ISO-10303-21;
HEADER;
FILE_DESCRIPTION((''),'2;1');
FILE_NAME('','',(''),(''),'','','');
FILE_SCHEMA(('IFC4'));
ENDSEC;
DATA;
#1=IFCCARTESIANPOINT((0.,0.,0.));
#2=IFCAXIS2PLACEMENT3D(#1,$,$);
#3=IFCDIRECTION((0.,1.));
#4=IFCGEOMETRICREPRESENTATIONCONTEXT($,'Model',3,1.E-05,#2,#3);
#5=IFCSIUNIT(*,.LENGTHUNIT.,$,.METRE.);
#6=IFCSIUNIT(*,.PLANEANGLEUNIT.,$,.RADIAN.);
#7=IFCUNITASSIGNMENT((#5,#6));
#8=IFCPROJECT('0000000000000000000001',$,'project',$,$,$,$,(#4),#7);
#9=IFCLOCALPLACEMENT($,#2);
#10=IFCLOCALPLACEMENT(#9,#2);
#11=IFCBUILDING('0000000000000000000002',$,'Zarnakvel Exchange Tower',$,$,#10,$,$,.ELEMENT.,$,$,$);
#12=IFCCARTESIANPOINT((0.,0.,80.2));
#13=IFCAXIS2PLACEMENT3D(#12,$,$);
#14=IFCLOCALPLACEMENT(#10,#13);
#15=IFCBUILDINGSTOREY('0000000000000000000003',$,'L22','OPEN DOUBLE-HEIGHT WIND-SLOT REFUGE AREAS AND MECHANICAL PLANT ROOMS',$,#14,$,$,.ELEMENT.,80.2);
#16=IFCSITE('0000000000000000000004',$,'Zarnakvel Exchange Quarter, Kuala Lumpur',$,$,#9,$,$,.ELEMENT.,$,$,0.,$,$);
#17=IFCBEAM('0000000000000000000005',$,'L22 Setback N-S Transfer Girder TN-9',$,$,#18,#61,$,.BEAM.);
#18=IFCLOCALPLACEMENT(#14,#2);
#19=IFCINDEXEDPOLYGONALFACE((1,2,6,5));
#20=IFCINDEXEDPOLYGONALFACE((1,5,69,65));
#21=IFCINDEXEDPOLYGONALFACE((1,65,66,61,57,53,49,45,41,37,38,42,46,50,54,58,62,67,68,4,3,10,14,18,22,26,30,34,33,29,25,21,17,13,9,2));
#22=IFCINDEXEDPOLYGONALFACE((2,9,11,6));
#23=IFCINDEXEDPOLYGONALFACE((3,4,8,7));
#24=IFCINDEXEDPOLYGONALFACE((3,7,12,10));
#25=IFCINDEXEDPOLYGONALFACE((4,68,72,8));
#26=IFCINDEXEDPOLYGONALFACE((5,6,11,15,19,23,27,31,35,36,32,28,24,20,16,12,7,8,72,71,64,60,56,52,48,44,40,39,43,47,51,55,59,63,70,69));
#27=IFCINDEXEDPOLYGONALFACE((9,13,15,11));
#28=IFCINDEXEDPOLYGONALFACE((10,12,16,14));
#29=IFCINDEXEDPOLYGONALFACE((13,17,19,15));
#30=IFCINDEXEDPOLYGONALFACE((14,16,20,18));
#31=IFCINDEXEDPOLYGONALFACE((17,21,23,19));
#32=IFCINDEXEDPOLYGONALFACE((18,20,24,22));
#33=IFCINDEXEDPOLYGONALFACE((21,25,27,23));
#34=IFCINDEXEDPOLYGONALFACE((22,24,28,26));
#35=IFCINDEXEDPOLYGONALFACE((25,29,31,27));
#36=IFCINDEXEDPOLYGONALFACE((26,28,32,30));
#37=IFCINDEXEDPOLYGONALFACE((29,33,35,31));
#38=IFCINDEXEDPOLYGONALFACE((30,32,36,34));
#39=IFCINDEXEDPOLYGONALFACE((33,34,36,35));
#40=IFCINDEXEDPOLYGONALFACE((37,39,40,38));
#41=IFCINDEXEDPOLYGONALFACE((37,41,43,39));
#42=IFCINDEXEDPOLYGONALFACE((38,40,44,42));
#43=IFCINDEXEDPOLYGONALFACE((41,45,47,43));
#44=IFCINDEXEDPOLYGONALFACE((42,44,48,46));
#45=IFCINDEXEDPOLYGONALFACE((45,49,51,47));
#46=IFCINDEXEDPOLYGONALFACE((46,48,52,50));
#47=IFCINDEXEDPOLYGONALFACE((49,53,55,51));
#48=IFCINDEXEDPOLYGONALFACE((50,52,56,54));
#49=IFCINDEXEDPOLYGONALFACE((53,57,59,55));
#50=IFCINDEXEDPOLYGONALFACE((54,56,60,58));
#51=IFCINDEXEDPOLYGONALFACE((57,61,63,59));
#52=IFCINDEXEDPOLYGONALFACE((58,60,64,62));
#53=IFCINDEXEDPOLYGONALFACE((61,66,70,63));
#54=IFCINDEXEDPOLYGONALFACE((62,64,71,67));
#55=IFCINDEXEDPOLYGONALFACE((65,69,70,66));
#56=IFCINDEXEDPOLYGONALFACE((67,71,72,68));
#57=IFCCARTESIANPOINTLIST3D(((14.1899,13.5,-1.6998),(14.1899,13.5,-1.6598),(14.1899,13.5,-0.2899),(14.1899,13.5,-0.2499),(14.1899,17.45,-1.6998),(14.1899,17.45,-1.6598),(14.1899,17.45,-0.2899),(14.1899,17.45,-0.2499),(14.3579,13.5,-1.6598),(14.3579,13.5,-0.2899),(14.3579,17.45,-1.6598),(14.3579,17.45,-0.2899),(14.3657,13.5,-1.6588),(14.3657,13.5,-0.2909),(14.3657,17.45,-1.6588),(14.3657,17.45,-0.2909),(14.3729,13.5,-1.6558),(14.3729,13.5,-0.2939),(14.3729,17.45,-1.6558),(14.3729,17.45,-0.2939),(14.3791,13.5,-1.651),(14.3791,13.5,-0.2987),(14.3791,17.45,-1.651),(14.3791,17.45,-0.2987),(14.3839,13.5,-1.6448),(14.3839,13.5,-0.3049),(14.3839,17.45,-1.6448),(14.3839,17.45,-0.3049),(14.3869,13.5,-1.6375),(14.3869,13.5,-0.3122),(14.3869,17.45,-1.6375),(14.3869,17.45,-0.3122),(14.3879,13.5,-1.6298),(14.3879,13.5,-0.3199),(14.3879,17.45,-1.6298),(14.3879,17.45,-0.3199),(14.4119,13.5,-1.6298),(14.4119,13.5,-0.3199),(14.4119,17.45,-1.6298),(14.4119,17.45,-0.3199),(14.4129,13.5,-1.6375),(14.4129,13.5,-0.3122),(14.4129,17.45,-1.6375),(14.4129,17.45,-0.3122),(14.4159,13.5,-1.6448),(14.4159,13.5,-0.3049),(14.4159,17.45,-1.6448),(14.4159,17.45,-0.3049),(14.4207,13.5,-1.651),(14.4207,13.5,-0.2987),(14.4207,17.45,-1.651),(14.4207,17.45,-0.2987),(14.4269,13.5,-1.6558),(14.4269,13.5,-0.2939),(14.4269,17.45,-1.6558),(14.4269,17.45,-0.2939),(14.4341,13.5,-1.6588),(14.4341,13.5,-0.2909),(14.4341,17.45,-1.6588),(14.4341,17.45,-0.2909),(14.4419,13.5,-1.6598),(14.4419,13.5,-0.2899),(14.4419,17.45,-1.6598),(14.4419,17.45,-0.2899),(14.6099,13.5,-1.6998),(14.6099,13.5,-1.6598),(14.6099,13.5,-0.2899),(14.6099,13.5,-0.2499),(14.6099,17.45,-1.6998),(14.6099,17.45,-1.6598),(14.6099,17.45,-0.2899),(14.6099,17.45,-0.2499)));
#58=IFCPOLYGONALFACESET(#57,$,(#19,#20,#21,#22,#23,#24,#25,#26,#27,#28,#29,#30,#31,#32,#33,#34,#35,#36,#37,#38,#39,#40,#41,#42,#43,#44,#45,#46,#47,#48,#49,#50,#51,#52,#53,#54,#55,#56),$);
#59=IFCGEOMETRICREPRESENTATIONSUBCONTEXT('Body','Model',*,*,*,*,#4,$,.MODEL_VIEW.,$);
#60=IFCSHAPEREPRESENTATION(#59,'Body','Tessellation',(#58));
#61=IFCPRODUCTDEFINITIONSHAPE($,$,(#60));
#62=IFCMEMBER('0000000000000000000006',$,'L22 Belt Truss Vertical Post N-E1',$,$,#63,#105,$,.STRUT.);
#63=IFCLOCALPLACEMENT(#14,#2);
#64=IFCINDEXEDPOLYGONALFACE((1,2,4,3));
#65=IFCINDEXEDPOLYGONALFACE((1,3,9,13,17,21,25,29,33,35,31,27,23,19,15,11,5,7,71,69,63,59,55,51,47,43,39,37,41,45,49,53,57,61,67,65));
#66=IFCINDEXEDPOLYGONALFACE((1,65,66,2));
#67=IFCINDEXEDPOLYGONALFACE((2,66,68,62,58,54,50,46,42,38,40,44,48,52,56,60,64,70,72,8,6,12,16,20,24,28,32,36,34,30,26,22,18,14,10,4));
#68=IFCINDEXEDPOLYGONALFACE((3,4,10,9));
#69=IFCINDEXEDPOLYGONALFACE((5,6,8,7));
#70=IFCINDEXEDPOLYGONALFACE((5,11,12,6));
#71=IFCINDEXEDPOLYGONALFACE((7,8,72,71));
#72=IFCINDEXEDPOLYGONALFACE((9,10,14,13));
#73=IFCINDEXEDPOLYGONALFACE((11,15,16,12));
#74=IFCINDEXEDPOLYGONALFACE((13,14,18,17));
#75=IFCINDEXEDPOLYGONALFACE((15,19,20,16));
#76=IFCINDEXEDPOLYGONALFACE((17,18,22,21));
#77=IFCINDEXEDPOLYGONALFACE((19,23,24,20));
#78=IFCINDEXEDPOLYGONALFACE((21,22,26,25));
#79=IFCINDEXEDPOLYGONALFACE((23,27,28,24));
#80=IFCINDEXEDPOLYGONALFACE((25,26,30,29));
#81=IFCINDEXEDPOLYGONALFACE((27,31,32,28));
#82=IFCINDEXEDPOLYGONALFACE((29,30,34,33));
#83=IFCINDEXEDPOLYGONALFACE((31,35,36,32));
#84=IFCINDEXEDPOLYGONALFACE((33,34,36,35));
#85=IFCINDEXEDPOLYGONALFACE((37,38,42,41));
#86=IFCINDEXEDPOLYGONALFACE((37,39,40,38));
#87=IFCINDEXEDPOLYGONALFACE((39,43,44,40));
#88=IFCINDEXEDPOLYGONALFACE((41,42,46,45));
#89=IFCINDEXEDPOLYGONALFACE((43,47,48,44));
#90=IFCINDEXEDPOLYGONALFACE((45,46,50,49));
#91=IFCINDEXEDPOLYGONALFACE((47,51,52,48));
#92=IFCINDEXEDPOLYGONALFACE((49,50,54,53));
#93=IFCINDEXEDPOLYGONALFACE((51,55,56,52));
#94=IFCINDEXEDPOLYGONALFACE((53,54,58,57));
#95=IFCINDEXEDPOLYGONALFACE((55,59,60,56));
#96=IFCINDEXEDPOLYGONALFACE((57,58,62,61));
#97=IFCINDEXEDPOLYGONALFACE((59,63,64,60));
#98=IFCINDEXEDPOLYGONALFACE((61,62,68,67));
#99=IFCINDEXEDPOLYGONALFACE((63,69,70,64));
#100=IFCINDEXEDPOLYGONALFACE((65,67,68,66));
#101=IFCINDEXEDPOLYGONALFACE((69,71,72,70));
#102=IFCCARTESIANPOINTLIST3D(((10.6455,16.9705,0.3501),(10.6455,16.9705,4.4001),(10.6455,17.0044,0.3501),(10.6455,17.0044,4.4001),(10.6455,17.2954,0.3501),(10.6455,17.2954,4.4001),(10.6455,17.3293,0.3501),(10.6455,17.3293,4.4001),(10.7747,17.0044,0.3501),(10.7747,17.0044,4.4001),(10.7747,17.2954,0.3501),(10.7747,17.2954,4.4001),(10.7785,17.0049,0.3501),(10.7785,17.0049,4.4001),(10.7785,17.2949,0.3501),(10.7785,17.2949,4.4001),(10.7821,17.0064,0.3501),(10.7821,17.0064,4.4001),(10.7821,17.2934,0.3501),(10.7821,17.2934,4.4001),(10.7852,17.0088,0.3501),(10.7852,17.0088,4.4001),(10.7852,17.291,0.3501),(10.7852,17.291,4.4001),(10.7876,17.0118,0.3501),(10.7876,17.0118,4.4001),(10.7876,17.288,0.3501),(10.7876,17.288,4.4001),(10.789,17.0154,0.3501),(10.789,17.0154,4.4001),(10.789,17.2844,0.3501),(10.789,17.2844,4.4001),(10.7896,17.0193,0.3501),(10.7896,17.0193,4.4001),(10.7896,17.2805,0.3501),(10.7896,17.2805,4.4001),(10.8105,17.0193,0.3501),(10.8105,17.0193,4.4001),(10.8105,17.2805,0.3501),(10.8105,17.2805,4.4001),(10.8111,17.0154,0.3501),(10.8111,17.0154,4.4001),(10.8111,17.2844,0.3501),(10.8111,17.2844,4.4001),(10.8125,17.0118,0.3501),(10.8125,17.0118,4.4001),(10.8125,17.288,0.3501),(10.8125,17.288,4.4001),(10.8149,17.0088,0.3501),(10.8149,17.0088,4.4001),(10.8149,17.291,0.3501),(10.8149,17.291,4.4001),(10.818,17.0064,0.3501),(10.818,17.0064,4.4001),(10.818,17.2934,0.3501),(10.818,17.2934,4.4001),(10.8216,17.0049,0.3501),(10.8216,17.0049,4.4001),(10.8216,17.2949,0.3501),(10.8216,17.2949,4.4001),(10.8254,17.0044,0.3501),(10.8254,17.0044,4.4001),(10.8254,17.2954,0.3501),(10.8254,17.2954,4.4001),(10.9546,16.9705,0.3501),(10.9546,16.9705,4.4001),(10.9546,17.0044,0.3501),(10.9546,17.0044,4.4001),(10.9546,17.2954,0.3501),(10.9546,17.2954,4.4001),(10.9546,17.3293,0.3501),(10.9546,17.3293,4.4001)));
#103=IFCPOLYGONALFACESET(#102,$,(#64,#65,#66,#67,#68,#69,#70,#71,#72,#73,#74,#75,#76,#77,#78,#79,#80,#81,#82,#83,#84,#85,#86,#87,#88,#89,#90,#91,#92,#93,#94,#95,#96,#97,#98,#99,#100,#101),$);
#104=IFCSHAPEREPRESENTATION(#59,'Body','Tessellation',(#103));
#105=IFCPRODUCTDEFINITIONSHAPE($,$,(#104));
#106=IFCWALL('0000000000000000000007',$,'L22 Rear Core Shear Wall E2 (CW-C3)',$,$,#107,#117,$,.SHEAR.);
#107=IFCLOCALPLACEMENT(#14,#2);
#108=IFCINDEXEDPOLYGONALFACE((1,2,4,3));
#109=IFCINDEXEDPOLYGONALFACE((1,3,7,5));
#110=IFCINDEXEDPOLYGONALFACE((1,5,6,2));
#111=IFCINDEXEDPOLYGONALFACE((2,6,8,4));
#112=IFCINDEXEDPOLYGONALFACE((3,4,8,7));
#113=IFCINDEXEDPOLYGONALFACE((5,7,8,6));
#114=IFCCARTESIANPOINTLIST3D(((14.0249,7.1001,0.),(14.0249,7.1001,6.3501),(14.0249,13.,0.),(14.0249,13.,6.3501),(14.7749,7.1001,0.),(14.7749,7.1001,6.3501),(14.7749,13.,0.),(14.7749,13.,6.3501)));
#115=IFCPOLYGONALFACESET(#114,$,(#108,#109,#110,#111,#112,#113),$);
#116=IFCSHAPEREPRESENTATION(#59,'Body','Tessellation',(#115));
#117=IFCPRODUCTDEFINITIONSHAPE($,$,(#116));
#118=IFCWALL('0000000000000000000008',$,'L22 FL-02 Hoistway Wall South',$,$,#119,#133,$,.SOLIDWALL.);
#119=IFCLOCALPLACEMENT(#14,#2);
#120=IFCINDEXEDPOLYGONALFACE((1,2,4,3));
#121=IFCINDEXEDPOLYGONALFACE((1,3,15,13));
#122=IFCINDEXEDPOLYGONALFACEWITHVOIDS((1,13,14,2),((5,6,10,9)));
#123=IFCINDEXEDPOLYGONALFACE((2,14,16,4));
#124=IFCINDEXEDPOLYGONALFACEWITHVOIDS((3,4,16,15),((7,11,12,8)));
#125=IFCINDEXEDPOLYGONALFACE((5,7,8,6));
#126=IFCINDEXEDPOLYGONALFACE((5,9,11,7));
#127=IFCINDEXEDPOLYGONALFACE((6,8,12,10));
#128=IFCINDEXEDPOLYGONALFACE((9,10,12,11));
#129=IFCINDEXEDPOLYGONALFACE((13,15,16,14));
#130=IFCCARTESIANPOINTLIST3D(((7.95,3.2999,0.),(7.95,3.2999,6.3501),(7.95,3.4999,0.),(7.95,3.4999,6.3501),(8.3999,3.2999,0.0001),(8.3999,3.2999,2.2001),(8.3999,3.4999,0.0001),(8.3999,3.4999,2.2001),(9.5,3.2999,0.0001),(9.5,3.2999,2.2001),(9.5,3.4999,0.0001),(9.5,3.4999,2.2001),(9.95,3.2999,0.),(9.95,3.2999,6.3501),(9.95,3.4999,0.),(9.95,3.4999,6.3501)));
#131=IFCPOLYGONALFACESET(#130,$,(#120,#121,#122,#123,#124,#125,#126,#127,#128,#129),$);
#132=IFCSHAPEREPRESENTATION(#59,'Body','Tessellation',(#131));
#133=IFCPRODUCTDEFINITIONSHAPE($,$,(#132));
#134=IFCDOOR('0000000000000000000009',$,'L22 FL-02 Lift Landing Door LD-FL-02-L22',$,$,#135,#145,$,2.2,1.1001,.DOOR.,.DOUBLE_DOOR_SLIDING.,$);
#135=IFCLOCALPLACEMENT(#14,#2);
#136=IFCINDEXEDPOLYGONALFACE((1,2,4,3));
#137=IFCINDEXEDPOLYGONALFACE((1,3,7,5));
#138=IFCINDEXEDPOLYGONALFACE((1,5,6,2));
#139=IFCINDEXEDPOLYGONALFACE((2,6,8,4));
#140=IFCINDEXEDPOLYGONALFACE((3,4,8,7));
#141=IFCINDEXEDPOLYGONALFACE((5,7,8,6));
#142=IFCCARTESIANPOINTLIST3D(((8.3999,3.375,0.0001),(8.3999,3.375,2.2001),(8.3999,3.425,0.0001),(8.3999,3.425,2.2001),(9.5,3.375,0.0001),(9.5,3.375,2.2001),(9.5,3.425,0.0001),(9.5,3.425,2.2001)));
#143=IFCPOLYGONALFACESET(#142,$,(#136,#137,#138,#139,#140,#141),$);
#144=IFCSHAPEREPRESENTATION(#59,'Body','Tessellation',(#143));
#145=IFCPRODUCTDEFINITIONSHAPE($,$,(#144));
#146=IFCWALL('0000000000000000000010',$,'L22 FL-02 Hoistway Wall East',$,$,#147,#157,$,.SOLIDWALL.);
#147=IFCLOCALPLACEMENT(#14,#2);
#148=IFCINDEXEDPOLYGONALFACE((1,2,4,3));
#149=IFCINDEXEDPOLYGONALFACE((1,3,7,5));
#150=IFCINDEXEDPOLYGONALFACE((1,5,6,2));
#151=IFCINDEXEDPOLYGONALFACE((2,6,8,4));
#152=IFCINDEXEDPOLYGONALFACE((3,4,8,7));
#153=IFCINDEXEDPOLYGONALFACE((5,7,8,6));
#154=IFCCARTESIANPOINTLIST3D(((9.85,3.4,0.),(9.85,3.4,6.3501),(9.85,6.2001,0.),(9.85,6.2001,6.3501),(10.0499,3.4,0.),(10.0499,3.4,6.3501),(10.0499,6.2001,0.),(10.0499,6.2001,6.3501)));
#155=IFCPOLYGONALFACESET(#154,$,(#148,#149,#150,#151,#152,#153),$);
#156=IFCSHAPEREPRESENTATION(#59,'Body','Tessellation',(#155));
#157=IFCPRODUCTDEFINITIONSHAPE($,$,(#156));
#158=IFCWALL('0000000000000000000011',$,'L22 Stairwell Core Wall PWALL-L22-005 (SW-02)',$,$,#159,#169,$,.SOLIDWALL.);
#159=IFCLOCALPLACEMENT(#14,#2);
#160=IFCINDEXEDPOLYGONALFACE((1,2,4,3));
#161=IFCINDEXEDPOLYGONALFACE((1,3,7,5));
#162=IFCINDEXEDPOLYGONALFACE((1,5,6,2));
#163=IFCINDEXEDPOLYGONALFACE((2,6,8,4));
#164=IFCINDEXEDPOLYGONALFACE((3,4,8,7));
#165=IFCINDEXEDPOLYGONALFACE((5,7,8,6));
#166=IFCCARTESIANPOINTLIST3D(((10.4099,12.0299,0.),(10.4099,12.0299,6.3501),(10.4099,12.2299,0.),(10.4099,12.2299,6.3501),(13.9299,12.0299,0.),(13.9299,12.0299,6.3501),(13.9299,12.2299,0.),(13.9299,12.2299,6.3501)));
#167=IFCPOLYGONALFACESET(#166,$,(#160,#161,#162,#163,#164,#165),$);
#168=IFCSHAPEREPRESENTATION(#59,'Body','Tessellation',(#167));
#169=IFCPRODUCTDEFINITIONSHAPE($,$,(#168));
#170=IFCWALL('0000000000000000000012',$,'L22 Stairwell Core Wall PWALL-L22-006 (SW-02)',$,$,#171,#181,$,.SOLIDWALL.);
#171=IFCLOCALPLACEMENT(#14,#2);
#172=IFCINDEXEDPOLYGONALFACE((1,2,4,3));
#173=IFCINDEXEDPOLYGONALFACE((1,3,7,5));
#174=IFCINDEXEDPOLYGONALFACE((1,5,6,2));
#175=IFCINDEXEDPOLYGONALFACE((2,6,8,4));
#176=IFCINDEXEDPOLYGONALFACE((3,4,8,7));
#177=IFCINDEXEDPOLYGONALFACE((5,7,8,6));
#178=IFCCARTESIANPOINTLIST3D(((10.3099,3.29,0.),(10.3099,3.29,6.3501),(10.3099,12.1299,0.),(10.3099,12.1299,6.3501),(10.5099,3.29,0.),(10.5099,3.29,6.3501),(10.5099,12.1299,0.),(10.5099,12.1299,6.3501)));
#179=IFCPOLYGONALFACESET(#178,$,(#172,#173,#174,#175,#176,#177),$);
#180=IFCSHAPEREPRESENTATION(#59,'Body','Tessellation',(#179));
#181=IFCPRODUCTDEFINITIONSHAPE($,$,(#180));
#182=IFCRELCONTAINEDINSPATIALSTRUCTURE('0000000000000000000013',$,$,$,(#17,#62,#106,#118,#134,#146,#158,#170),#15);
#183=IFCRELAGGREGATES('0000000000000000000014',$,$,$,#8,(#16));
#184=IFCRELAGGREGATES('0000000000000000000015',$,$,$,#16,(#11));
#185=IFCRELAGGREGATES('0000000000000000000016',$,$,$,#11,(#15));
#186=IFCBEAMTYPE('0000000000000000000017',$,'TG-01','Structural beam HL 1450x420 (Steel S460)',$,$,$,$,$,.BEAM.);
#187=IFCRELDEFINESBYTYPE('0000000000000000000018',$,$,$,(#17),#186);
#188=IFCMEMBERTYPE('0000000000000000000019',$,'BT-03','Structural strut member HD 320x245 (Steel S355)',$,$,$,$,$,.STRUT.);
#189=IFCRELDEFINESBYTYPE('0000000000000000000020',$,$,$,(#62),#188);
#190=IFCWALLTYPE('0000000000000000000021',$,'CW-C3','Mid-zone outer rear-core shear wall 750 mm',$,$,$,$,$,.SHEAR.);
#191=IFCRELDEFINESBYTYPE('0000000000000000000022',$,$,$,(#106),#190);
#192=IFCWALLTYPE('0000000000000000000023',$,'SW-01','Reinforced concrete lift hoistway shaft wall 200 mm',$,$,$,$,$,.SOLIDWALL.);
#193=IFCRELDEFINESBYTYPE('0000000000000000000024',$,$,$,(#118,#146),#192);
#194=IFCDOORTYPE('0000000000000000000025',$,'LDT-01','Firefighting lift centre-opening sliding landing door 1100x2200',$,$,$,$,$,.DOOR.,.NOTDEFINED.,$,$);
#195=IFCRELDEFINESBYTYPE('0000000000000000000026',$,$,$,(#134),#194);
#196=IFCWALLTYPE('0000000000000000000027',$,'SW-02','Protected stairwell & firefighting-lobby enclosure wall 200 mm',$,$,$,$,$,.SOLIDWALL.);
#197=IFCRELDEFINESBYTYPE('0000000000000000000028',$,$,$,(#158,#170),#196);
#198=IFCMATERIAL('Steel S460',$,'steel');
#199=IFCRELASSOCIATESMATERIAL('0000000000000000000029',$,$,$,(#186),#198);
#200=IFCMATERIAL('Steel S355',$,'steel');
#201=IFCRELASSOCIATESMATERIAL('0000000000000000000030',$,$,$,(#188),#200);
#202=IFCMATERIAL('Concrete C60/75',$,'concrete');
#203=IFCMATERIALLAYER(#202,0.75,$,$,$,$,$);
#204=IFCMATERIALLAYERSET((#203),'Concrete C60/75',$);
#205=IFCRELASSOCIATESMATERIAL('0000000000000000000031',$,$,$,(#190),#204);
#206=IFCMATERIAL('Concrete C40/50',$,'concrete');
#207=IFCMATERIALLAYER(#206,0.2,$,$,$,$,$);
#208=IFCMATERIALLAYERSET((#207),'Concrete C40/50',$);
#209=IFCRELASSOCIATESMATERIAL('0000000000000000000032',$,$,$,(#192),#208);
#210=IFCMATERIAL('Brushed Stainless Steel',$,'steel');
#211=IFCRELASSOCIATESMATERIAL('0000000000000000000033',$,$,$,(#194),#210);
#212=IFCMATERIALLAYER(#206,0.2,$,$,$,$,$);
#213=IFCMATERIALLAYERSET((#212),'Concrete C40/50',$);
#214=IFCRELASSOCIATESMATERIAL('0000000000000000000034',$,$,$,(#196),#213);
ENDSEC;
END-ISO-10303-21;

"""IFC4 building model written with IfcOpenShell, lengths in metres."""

from ifc_helpers import new_model, si_unit, direction, frame, frame_2d, origin, origin_2d, place, context, subcontext, project, spatial, rectangle, i_section, extrude, source, transform, mapped, material, layer, layer_set, material_profile, profile_set, type_object, element, fill, save


model = new_model("IFC4")

# Units and contexts
model_context = context("Model", 3, precision=1e-05, world=origin(), true_north=direction((0.0, 1.0)))
body_context = subcontext(model_context, "Body", "Model", "MODEL_VIEW")
ifc_project = project(units=[si_unit("LENGTHUNIT", "METRE"), si_unit("PLANEANGLEUNIT", "RADIAN")], contexts=[model_context])

# Site, building, storey
site_placement = place(None, origin())
site = spatial("IfcSite", under=ifc_project, at=site_placement, Name="Zarnakvel Exchange Quarter, Kuala Lumpur", CompositionType="ELEMENT", RefElevation=0.0)
building_placement = place(site_placement, origin())
building = spatial("IfcBuilding", under=site, at=building_placement, Name="Zarnakvel Exchange Tower", CompositionType="ELEMENT")
storey_placement = place(building_placement, frame((0.0, 0.0, 80.2)))
storey = spatial("IfcBuildingStorey", under=building, at=storey_placement, Name="L22", Description="OPEN DOUBLE-HEIGHT WIND-SLOT REFUGE AREAS AND MECHANICAL PLANT ROOMS", CompositionType="ELEMENT", Elevation=80.2)

# Shared definitions
ifc_material_1 = material(Name="Concrete C60/75", Category="concrete")

# Beam
ifc_material_2 = material(Name="Steel S355", Category="steel")
ifc_material_3 = material(Name="Steel S460", Category="steel")
ifc_material_profile_1 = material_profile(ifc_material_3, i_section(OverallWidth=0.4199, OverallDepth=1.45, WebThickness=0.0239, FlangeThickness=0.04, FilletRadius=0.03, at=origin_2d()))
ifc_profile_set_1 = profile_set([ifc_material_profile_1], Name="Steel S460")
beam_type_1 = type_object("IfcBeamType", Name="TG-01", Description="Structural beam HL 1450x420 (Steel S460)", PredefinedType="BEAM", material=ifc_profile_set_1)
beam_1_placement = place(storey_placement, frame((14.3999, 13.5, -0.9749), z_axis=(0.0, 1.0, 0.0), x_axis=(-1.0, 0.0, 0.0)))
element("IfcBeam", 1, at=beam_1_placement, inside=storey, type_object=beam_type_1, Name="L22 Setback N-S Transfer Girder TN-9", PredefinedType="BEAM", context=body_context, shape_type="SweptSolid", body=[
    extrude(i_section(OverallWidth=0.4199, OverallDepth=1.45, WebThickness=0.0239, FlangeThickness=0.04, FilletRadius=0.03, at=origin_2d()), origin(), (0.0, 0.0, 1.0), 3.95),
])

# Member
ifc_material_profile_2 = material_profile(ifc_material_2, i_section(OverallWidth=0.3091, OverallDepth=0.3589, WebThickness=0.021, FlangeThickness=0.0339, FilletRadius=0.0149, at=origin_2d()))
ifc_profile_set_2 = profile_set([ifc_material_profile_2], Name="Steel S355")
member_type = type_object("IfcMemberType", Name="BT-03", Description="Structural strut member HD 320x245 (Steel S355)", PredefinedType="STRUT", material=ifc_profile_set_2)
shared_shape_1 = source(origin(), body_context, "Body", "SweptSolid", [
    extrude(i_section(OverallWidth=0.3091, OverallDepth=0.3589, WebThickness=0.021, FlangeThickness=0.0339, FilletRadius=0.0149, at=origin_2d()), origin(), (0.0, 0.0, 1.0), 4.05),
])
member_placement = place(storey_placement, frame((10.8, 17.1499, 0.3501), z_axis=(0.0, 0.0, 1.0), x_axis=(1.0, 0.0, 0.0)))
element("IfcMember", 2, at=member_placement, inside=storey, type_object=member_type, Name="L22 Belt Truss Vertical Post N-E1", PredefinedType="STRUT", context=body_context, shape_type="MappedRepresentation", body=[
    mapped(shared_shape_1, transform((0.0, 0.0, 0.0), x_axis=(1.0, 0.0, 0.0), y_axis=(0.0, 1.0, 0.0), z_axis=(0.0, 0.0, 1.0), scale=1.0)),
])

# Wall
ifc_layer_1 = layer(ifc_material_1, 0.75)
ifc_layer_set_1 = layer_set([ifc_layer_1], Name="Concrete C60/75")
wall_type_1 = type_object("IfcWallType", Name="CW-C3", Description="Mid-zone outer rear-core shear wall 750 mm", PredefinedType="SHEAR", material=ifc_layer_set_1)
wall_1_placement = place(storey_placement, frame((14.3999, 7.1001, 0.0), z_axis=(0.0, 0.0, 1.0), x_axis=(0.0, 1.0, 0.0)))
element("IfcWall", 3, at=wall_1_placement, inside=storey, type_object=wall_type_1, Name="L22 Rear Core Shear Wall E2 (CW-C3)", PredefinedType="SHEAR", context=body_context, shape_type="SweptSolid", body=[
    extrude(rectangle(XDim=5.8999, YDim=0.75, at=frame_2d((2.95, 0.0))), origin(), (0.0, 0.0, 1.0), 6.3501),
])

# Wall, opening, door
ifc_material_4 = material(Name="Concrete C40/50", Category="concrete")
ifc_layer_2 = layer(ifc_material_4, 0.2)
ifc_layer_set_2 = layer_set([ifc_layer_2], Name="Concrete C40/50")
wall_type_2 = type_object("IfcWallType", Name="SW-01", Description="Reinforced concrete lift hoistway shaft wall 200 mm", PredefinedType="SOLIDWALL", material=ifc_layer_set_2)
wall_2_placement = place(storey_placement, frame((9.95, 3.3999, 0.0), z_axis=(0.0, 0.0, 1.0), x_axis=(-1.0, 0.0, 0.0)))
wall_2 = element("IfcWall", 4, at=wall_2_placement, inside=storey, type_object=wall_type_2, Name="L22 FL-02 Hoistway Wall South", PredefinedType="SOLIDWALL", context=body_context, shape_type="SweptSolid", body=[
    extrude(rectangle(XDim=2.0, YDim=0.2, at=frame_2d((1.0, 0.0))), origin(), (0.0, 0.0, 1.0), 6.3501),
])
opening_1_placement = place(wall_2_placement, frame((0.45, 0.0, 0.0)))
opening_1 = element("IfcOpeningElement", 5, at=opening_1_placement, cuts=wall_2, PredefinedType="OPENING", context=body_context, shape_type="SweptSolid", body=[
    extrude(rectangle(XDim=1.1001, YDim=2.2, at=frame_2d((0.55, 1.1001))), frame((0.0, 0.1099, 0.0), z_axis=(0.0, -1.0, 0.0), x_axis=(1.0, 0.0, 0.0)), (0.0, 0.0, 1.0), 0.22),
])
ifc_material_5 = material(Name="Brushed Stainless Steel", Category="steel")
door_type_1 = type_object("IfcDoorType", Name="LDT-01", Description="Firefighting lift centre-opening sliding landing door 1100x2200", OperationType="NOTDEFINED", PredefinedType="DOOR", material=ifc_material_5)
shared_shape_2 = source(origin(), body_context, "Body", "SweptSolid", [
    extrude(rectangle(XDim=1.1001, YDim=2.2, at=frame_2d((0.55, 1.1001))), frame((0.0, 0.0249, 0.0), z_axis=(0.0, -1.0, 0.0), x_axis=(1.0, 0.0, 0.0)), (0.0, 0.0, 1.0), 0.05),
])
door_1_placement = place(opening_1_placement, origin())
door_1 = element("IfcDoor", 6, at=door_1_placement, inside=storey, type_object=door_type_1, Name="L22 FL-02 Lift Landing Door LD-FL-02-L22", OperationType="DOUBLE_DOOR_SLIDING", OverallHeight=2.2, OverallWidth=1.1001, PredefinedType="DOOR", context=body_context, shape_type="MappedRepresentation", body=[
    mapped(shared_shape_2, transform((0.0, 0.0, 0.0), x_axis=(1.0, 0.0, 0.0), y_axis=(0.0, 1.0, 0.0), z_axis=(0.0, 0.0, 1.0), scale=1.0)),
])
fill(opening_1, door_1)

# Wall
wall_3_placement = place(storey_placement, frame((9.95, 6.2, 0.0), z_axis=(0.0, 0.0, 1.0), x_axis=(0.0, -1.0, 0.0)))
element("IfcWall", 7, at=wall_3_placement, inside=storey, type_object=wall_type_2, Name="L22 FL-02 Hoistway Wall East", PredefinedType="SOLIDWALL", context=body_context, shape_type="SweptSolid", body=[
    extrude(rectangle(XDim=2.8, YDim=0.2, at=frame_2d((1.3999, 0.0))), origin(), (0.0, 0.0, 1.0), 6.3501),
])

# Shared definitions
ifc_layer_3 = layer(ifc_material_4, 0.2)
ifc_layer_set_3 = layer_set([ifc_layer_3], Name="Concrete C40/50")
wall_type_3 = type_object("IfcWallType", Name="SW-02", Description="Protected stairwell & firefighting-lobby enclosure wall 200 mm", PredefinedType="SOLIDWALL", material=ifc_layer_set_3)

# Walls
wall_4_placement = place(storey_placement, frame((10.4099, 12.1299, 0.0), z_axis=(0.0, 0.0, 1.0), x_axis=(1.0, 0.0, 0.0)))
element("IfcWall", 8, at=wall_4_placement, inside=storey, type_object=wall_type_3, Name="L22 Stairwell Core Wall PWALL-L22-005 (SW-02)", PredefinedType="SOLIDWALL", context=body_context, shape_type="SweptSolid", body=[
    extrude(rectangle(XDim=3.52, YDim=0.2, at=frame_2d((1.76, 0.0))), origin(), (0.0, 0.0, 1.0), 6.3501),
])
wall_5_placement = place(storey_placement, frame((10.4099, 3.29, 0.0), z_axis=(0.0, 0.0, 1.0), x_axis=(0.0, 1.0, 0.0)))
element("IfcWall", 9, at=wall_5_placement, inside=storey, type_object=wall_type_3, Name="L22 Stairwell Core Wall PWALL-L22-006 (SW-02)", PredefinedType="SOLIDWALL", context=body_context, shape_type="SweptSolid", body=[
    extrude(rectangle(XDim=8.8398, YDim=0.2, at=frame_2d((4.4199, 0.0))), origin(), (0.0, 0.0, 1.0), 6.3501),
])

save(model, "model.ifc")
